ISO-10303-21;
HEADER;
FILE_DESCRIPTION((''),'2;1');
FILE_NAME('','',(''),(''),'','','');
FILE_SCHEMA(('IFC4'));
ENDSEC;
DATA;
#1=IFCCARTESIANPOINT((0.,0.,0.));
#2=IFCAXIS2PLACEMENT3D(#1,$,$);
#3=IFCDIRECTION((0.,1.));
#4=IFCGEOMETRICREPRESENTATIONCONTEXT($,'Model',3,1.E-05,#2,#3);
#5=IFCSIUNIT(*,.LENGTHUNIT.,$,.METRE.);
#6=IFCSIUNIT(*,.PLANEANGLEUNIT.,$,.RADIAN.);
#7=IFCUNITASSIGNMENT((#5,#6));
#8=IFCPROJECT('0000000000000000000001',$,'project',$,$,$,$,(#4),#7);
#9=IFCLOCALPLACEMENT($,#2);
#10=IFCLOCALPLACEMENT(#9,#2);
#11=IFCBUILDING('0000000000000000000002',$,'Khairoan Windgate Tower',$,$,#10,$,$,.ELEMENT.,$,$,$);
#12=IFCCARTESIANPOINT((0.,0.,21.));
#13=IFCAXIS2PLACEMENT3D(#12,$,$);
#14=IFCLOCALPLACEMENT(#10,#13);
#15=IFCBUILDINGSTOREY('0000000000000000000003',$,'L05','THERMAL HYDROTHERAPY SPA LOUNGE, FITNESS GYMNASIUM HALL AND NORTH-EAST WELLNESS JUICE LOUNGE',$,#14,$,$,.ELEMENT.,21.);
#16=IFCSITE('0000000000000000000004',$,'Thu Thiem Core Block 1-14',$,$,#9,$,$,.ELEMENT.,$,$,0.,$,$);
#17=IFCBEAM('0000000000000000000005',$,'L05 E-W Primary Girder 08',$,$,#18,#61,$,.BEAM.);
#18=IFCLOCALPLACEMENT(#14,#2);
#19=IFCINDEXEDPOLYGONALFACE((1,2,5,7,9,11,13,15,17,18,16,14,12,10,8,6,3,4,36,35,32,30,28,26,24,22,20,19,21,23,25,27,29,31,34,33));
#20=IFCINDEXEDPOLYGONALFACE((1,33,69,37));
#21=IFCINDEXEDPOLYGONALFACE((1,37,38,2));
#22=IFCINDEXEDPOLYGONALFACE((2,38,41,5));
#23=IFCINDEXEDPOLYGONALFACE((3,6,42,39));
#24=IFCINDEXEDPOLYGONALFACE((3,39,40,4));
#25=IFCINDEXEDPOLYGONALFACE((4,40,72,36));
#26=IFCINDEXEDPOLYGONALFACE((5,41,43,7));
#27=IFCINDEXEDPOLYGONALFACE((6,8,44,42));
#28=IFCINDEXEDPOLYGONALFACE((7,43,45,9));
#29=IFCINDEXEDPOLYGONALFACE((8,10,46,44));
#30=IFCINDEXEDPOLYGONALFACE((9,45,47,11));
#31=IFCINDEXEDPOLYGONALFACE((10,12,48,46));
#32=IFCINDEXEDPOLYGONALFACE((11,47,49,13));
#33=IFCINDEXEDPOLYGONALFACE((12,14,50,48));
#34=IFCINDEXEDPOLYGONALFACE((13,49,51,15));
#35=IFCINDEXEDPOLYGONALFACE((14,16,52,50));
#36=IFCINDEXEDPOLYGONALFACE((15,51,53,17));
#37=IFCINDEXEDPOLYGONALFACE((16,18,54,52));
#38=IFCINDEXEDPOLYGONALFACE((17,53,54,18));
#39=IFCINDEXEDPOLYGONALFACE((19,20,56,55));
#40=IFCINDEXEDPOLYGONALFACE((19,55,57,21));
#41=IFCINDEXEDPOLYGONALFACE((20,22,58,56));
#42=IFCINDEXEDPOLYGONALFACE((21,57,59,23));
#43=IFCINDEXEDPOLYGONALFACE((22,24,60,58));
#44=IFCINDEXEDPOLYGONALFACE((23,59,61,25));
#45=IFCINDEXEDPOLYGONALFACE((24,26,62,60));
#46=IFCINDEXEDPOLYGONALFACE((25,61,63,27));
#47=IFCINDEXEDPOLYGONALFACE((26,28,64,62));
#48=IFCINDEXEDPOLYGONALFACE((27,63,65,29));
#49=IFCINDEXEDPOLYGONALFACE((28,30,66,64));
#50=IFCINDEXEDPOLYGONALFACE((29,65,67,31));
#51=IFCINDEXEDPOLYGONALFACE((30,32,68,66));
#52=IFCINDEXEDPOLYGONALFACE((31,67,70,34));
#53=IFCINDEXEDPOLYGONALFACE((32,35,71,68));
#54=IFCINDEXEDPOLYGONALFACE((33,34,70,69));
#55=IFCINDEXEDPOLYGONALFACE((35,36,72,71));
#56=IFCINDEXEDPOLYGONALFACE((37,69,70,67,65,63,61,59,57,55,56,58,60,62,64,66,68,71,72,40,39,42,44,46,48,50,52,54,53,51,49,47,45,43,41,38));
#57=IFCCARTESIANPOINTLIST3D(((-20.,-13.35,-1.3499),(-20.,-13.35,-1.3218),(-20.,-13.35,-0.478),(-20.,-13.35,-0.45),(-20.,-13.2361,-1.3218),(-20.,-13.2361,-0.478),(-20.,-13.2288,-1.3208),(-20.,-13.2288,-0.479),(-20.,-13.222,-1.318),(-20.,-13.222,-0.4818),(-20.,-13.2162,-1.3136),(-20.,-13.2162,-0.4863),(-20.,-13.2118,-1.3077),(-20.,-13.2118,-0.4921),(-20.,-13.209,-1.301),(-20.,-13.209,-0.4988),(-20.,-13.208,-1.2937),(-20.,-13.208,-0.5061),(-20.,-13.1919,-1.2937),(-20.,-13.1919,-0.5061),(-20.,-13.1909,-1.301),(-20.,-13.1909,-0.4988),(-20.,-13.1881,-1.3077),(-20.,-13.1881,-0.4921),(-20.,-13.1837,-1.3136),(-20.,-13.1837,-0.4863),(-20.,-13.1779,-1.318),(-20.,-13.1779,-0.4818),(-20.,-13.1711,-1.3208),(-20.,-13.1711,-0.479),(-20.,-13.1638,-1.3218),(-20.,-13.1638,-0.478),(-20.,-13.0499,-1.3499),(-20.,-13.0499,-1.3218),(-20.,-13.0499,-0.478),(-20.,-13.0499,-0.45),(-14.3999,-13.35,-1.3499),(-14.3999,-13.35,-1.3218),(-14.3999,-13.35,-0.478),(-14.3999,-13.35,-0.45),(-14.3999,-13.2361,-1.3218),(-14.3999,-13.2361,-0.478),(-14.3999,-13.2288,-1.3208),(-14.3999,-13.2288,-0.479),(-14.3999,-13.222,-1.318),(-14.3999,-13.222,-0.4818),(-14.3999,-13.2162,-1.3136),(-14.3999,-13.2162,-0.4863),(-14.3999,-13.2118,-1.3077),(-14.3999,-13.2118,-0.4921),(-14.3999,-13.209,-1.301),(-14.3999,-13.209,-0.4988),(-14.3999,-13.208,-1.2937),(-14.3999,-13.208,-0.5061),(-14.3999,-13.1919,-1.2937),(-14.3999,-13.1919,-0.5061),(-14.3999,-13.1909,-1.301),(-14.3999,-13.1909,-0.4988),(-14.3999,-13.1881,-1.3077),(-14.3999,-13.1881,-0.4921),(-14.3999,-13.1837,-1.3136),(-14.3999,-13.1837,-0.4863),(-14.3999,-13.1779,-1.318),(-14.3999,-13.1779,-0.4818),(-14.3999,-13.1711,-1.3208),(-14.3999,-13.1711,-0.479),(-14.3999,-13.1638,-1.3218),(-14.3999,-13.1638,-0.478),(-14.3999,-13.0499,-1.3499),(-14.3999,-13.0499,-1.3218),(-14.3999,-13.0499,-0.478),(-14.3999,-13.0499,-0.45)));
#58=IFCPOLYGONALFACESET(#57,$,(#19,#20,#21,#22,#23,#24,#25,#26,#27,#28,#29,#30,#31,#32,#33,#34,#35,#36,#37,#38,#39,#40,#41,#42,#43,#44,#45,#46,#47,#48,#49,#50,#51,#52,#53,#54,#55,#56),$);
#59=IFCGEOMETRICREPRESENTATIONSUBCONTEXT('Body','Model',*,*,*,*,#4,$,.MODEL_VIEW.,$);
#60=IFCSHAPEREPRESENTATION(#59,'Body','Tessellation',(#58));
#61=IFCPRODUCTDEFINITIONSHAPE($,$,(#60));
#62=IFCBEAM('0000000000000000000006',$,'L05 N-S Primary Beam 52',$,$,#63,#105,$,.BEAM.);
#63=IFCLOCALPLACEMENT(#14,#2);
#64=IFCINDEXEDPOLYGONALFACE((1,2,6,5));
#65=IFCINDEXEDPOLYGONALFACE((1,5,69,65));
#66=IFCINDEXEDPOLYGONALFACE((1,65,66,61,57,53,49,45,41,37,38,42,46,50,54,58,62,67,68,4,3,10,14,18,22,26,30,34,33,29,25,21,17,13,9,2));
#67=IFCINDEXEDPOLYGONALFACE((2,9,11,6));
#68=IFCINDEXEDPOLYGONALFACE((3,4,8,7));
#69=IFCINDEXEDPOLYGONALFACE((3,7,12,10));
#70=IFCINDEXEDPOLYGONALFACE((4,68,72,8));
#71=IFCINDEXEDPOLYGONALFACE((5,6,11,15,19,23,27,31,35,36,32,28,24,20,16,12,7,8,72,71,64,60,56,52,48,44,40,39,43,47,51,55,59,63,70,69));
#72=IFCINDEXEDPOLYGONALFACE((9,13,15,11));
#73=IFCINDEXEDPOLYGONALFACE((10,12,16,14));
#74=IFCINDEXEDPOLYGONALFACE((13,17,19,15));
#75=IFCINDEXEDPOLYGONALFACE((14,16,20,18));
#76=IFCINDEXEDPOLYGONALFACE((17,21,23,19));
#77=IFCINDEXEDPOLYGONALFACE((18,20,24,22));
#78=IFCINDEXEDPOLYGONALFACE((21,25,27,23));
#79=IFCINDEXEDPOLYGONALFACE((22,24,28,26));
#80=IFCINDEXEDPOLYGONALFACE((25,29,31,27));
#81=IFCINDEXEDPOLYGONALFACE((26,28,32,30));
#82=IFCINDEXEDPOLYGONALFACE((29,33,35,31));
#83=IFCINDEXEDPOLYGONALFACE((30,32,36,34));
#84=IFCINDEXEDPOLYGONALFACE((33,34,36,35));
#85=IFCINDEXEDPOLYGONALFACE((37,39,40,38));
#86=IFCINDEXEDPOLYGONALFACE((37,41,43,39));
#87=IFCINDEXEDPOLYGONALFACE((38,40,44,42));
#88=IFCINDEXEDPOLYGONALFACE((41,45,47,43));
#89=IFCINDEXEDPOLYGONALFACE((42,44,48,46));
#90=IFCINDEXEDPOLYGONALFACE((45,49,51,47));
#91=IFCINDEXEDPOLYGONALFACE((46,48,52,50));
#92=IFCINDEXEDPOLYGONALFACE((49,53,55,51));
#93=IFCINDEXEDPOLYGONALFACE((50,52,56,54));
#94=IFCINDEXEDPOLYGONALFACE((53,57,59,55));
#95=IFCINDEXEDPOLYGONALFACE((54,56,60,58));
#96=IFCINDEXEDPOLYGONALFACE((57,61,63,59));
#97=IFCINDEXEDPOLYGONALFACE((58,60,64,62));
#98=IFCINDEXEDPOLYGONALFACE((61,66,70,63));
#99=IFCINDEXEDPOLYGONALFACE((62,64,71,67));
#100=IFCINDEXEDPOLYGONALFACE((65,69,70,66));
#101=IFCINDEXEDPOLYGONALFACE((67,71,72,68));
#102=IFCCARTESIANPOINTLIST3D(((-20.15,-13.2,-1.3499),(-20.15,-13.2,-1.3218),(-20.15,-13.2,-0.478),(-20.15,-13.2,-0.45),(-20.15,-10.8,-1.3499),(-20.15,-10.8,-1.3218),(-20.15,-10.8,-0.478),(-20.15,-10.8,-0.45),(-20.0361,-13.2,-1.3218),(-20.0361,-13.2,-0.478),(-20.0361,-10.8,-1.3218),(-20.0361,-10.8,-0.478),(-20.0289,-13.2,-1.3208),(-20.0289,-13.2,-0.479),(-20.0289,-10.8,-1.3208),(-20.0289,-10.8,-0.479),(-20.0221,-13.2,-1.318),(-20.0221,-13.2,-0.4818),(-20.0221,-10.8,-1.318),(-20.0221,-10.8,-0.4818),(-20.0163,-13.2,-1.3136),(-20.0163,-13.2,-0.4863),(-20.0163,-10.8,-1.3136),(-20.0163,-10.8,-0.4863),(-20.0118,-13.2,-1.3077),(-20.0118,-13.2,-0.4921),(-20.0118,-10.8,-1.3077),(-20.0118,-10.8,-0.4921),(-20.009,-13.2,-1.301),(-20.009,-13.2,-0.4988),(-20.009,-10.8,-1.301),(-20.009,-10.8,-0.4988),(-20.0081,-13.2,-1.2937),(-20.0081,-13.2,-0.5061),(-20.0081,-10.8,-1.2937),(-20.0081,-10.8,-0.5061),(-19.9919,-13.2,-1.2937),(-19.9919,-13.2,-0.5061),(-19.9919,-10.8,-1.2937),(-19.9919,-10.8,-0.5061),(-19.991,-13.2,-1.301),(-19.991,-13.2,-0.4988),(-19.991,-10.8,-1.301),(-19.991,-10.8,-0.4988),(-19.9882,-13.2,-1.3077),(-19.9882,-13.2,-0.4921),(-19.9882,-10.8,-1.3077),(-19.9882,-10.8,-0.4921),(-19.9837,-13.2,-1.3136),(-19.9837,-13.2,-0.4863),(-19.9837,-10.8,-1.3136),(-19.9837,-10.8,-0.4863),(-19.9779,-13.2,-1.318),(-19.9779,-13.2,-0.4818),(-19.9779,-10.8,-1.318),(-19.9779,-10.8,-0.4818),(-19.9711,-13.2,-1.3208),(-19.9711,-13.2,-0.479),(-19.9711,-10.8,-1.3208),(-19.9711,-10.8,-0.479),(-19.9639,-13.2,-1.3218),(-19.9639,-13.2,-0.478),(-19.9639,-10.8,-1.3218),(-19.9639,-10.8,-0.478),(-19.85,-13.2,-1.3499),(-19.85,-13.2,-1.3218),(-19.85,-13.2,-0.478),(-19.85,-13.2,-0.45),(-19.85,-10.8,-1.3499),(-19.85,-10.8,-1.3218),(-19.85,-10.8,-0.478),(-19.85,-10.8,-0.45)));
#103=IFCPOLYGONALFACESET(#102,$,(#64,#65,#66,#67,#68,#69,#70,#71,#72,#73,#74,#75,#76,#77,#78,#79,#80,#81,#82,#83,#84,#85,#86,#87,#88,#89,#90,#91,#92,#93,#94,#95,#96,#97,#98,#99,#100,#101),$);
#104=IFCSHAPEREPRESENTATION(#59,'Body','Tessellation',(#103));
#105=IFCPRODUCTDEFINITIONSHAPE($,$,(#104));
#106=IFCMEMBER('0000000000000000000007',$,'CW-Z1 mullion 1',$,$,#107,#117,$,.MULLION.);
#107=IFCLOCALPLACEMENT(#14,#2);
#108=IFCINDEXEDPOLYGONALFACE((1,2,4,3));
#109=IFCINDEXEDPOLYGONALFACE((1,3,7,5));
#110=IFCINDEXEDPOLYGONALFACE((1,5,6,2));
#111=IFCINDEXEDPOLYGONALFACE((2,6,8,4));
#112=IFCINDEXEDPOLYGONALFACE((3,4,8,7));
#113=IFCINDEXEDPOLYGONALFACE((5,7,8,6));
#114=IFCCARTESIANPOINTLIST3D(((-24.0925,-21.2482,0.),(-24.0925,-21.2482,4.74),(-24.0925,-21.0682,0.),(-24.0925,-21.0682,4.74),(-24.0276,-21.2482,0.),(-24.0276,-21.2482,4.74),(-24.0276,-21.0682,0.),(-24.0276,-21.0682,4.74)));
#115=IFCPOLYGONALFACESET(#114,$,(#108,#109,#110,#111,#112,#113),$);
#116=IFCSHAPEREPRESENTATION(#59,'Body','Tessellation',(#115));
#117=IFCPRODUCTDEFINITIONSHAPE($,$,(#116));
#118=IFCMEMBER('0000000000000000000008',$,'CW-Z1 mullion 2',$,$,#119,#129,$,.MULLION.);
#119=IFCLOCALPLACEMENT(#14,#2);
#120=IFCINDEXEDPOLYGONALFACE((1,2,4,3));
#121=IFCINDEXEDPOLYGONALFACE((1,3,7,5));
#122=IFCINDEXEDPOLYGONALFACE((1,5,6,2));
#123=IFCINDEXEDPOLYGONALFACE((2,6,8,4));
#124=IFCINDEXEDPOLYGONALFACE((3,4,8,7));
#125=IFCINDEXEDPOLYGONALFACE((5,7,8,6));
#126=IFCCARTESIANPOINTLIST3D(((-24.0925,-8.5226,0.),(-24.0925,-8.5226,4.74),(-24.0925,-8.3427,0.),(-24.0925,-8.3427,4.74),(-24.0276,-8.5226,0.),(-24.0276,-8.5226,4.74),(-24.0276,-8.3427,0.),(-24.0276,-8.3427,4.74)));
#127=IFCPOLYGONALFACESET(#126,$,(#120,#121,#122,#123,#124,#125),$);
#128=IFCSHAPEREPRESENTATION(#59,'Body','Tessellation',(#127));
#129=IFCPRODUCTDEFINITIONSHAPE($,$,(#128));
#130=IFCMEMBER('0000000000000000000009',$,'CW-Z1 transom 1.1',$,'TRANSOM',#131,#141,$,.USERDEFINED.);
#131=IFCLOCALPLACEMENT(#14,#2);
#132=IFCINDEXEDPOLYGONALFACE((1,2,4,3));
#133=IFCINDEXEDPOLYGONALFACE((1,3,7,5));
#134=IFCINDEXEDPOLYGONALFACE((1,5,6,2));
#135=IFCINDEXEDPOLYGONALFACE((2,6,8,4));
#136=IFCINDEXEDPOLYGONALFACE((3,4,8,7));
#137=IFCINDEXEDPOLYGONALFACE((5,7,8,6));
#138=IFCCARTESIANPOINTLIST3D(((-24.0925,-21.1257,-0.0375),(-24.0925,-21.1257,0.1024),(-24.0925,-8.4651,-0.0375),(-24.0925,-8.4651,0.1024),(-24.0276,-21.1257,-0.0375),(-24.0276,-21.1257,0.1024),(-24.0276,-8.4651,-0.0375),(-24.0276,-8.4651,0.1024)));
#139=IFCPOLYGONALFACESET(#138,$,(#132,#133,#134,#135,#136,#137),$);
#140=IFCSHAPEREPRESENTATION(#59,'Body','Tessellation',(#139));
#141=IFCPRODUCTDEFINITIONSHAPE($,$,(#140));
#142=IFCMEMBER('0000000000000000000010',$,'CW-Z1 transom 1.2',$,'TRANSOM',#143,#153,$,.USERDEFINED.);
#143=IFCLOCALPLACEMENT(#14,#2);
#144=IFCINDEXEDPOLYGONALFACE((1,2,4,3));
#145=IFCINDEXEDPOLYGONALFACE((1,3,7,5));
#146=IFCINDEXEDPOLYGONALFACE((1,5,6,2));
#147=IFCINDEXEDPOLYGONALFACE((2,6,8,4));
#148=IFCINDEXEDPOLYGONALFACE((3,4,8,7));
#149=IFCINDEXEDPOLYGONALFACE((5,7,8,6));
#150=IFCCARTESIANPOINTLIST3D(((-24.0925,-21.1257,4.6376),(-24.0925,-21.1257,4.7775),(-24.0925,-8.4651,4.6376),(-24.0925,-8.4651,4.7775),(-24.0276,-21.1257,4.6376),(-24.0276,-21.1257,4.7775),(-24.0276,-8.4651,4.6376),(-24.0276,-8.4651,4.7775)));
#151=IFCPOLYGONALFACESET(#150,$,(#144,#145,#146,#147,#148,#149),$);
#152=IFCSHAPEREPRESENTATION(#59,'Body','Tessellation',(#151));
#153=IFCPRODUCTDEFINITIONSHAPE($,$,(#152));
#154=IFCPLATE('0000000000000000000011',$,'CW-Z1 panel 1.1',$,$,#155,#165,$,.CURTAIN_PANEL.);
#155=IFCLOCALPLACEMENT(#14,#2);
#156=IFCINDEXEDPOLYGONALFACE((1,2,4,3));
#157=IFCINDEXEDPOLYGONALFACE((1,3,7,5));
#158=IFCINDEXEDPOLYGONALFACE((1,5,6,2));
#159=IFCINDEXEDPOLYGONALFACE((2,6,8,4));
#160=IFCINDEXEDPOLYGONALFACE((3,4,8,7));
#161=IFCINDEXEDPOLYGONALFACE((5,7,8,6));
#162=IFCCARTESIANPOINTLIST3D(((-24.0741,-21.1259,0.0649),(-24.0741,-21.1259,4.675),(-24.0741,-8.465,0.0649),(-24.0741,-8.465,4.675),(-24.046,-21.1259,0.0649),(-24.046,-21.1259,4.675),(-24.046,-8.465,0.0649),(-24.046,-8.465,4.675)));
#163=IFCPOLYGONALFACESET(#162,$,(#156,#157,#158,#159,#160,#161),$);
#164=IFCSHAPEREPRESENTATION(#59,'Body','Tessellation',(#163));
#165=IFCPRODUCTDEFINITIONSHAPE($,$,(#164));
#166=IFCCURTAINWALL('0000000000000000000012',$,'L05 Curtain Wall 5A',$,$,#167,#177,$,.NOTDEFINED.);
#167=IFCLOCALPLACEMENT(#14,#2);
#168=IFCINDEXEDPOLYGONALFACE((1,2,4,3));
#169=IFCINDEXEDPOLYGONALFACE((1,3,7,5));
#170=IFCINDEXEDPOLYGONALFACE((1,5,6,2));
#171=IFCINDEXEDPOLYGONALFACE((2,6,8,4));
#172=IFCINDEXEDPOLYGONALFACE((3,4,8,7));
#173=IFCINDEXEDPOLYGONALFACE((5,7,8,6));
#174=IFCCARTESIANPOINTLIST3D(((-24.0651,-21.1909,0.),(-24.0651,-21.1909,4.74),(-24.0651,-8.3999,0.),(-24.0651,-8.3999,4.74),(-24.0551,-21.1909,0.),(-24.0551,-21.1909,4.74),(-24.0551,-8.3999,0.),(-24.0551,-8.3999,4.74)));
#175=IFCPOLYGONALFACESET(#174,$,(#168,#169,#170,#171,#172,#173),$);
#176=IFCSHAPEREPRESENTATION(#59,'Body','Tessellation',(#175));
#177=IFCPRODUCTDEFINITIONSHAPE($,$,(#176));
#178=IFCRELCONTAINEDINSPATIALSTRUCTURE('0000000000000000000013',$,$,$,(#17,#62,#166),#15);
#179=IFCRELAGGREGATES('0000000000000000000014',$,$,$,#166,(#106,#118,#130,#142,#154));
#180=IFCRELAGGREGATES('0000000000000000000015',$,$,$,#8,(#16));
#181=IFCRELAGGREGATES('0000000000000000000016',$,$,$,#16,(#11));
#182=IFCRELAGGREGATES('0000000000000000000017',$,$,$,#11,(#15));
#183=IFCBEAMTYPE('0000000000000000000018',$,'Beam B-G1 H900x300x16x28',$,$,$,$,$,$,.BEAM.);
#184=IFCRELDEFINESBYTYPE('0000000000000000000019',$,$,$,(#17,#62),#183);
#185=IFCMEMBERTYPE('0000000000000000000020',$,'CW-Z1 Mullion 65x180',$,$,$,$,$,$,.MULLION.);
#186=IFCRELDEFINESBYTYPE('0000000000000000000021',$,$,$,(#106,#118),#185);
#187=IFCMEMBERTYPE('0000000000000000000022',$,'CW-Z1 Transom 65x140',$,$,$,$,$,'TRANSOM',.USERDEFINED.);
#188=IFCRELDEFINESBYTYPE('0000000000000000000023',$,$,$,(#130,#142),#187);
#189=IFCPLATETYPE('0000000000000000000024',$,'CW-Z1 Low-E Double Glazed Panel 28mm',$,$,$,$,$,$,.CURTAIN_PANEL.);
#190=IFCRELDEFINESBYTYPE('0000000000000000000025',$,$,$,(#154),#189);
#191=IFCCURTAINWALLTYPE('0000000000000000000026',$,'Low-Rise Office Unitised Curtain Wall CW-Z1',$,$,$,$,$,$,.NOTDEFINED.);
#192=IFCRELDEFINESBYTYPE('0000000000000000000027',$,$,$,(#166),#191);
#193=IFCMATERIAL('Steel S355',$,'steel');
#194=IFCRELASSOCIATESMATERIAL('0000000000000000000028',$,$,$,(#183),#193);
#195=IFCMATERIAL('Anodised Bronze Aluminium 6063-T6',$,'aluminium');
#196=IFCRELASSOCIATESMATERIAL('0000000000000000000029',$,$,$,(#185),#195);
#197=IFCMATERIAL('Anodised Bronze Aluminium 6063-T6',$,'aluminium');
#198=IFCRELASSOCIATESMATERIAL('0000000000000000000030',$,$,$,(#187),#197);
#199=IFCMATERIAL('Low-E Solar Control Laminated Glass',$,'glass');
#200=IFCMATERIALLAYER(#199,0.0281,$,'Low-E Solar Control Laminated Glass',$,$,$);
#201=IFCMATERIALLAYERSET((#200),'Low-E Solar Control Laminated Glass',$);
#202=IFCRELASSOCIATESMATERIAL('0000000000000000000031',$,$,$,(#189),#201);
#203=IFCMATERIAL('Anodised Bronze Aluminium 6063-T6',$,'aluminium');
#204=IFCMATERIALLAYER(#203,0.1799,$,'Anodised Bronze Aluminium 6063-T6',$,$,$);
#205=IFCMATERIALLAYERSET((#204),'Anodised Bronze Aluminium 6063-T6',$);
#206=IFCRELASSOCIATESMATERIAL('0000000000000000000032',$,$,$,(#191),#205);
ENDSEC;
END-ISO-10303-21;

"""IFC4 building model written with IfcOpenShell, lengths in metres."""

from ifc_helpers import new_model, si_unit, direction, frame, frame_2d, origin, origin_2d, place, context, subcontext, project, spatial, rectangle, i_section, extrude, material, layer, layer_set, material_profile, profile_set, type_object, element, aggregate, save


model = new_model("IFC4")

# Units and contexts
model_context = context("Model", 3, precision=1e-05, world=origin(), true_north=direction((0.0, 1.0)))
body_context = subcontext(model_context, "Body", "Model", "MODEL_VIEW")
ifc_project = project(units=[si_unit("LENGTHUNIT", "METRE"), si_unit("PLANEANGLEUNIT", "RADIAN")], contexts=[model_context])

# Site, building, storey
site_placement = place(None, origin())
site = spatial("IfcSite", under=ifc_project, at=site_placement, Name="Thu Thiem Core Block 1-14", CompositionType="ELEMENT", RefElevation=0.0)
building_placement = place(site_placement, origin())
building = spatial("IfcBuilding", under=site, at=building_placement, Name="Khairoan Windgate Tower", CompositionType="ELEMENT")
storey_placement = place(building_placement, frame((0.0, 0.0, 21.0)))
storey = spatial("IfcBuildingStorey", under=building, at=storey_placement, Name="L05", Description="THERMAL HYDROTHERAPY SPA LOUNGE, FITNESS GYMNASIUM HALL AND NORTH-EAST WELLNESS JUICE LOUNGE", CompositionType="ELEMENT", Elevation=21.0)

# Beams
ifc_material_1 = material(Name="Steel S355", Category="steel")
ifc_material_profile_1 = material_profile(ifc_material_1, i_section(OverallWidth=0.3, OverallDepth=0.8999, WebThickness=0.0161, FlangeThickness=0.0281, FilletRadius=0.0281, at=origin_2d()))
ifc_profile_set_1 = profile_set([ifc_material_profile_1], Name="Steel S355")
beam_type = type_object("IfcBeamType", Name="Beam B-G1 H900x300x16x28", PredefinedType="BEAM", material=ifc_profile_set_1)
beam_1_placement = place(storey_placement, frame((-20.0, -13.2, -0.8999), z_axis=(1.0, 0.0, 0.0), x_axis=(0.0, 1.0, 0.0)))
element("IfcBeam", 1, at=beam_1_placement, inside=storey, type_object=beam_type, Name="L05 E-W Primary Girder 08", PredefinedType="BEAM", context=body_context, shape_type="SweptSolid", body=[
    extrude(i_section(OverallWidth=0.3, OverallDepth=0.8999, WebThickness=0.0161, FlangeThickness=0.0281, FilletRadius=0.0281, at=origin_2d()), origin(), (0.0, 0.0, 1.0), 5.6001),
])
beam_2_placement = place(storey_placement, frame((-20.0, -13.2, -0.8999), z_axis=(0.0, 1.0, 0.0), x_axis=(-1.0, 0.0, 0.0)))
element("IfcBeam", 2, at=beam_2_placement, inside=storey, type_object=beam_type, Name="L05 N-S Primary Beam 52", PredefinedType="BEAM", context=body_context, shape_type="SweptSolid", body=[
    extrude(i_section(OverallWidth=0.3, OverallDepth=0.8999, WebThickness=0.0161, FlangeThickness=0.0281, FilletRadius=0.0281, at=origin_2d()), origin(), (0.0, 0.0, 1.0), 2.3999),
])

# Members
ifc_material_2 = material(Name="Anodised Bronze Aluminium 6063-T6", Category="aluminium")
ifc_material_profile_2 = material_profile(ifc_material_2, rectangle(XDim=0.0649, YDim=0.1799, at=origin_2d()))
ifc_profile_set_2 = profile_set([ifc_material_profile_2], Name="Anodised Bronze Aluminium 6063-T6")
member_type_1 = type_object("IfcMemberType", Name="CW-Z1 Mullion 65x180", PredefinedType="MULLION", material=ifc_profile_set_2)
member_1_placement = place(storey_placement, frame((-24.0601, -21.1582, 0.0), z_axis=(0.0, 0.0, 1.0), x_axis=(-1.0, 0.0, 0.0)))
member_1 = element("IfcMember", 3, at=member_1_placement, type_object=member_type_1, Name="CW-Z1 mullion 1", PredefinedType="MULLION", context=body_context, shape_type="SweptSolid", body=[
    extrude(rectangle(XDim=0.0649, YDim=0.1799, at=origin_2d()), origin(), (0.0, 0.0, 1.0), 4.74),
])
member_2_placement = place(storey_placement, frame((-24.0601, -8.4326, 0.0), z_axis=(0.0, 0.0, 1.0), x_axis=(-1.0, 0.0, 0.0)))
member_2 = element("IfcMember", 4, at=member_2_placement, type_object=member_type_1, Name="CW-Z1 mullion 2", PredefinedType="MULLION", context=body_context, shape_type="SweptSolid", body=[
    extrude(rectangle(XDim=0.0649, YDim=0.1799, at=origin_2d()), origin(), (0.0, 0.0, 1.0), 4.74),
])
ifc_material_3 = material(Name="Anodised Bronze Aluminium 6063-T6", Category="aluminium")
ifc_material_profile_3 = material_profile(ifc_material_3, rectangle(XDim=0.0649, YDim=0.1399, at=origin_2d()))
ifc_profile_set_3 = profile_set([ifc_material_profile_3], Name="Anodised Bronze Aluminium 6063-T6")
member_type_2 = type_object("IfcMemberType", Name="CW-Z1 Transom 65x140", ElementType="TRANSOM", PredefinedType="USERDEFINED", material=ifc_profile_set_3)
member_3_placement = place(storey_placement, frame((-24.0601, -21.1257, 0.0325), z_axis=(0.0, 1.0, 0.0), x_axis=(-1.0, 0.0, 0.0)))
member_3 = element("IfcMember", 5, at=member_3_placement, type_object=member_type_2, Name="CW-Z1 transom 1.1", ObjectType="TRANSOM", PredefinedType="USERDEFINED", context=body_context, shape_type="SweptSolid", body=[
    extrude(rectangle(XDim=0.0649, YDim=0.1399, at=origin_2d()), origin(), (0.0, 0.0, 1.0), 12.6606),
])
member_4_placement = place(storey_placement, frame((-24.0601, -21.1257, 4.7075), z_axis=(0.0, 1.0, 0.0), x_axis=(-1.0, 0.0, 0.0)))
member_4 = element("IfcMember", 6, at=member_4_placement, type_object=member_type_2, Name="CW-Z1 transom 1.2", ObjectType="TRANSOM", PredefinedType="USERDEFINED", context=body_context, shape_type="SweptSolid", body=[
    extrude(rectangle(XDim=0.0649, YDim=0.1399, at=origin_2d()), origin(), (0.0, 0.0, 1.0), 12.6606),
])

# Plate
ifc_material_4 = material(Name="Low-E Solar Control Laminated Glass", Category="glass")
ifc_layer_1 = layer(ifc_material_4, 0.0281, Name="Low-E Solar Control Laminated Glass")
ifc_layer_set_1 = layer_set([ifc_layer_1], Name="Low-E Solar Control Laminated Glass")
plate_type_1 = type_object("IfcPlateType", Name="CW-Z1 Low-E Double Glazed Panel 28mm", PredefinedType="CURTAIN_PANEL", material=ifc_layer_set_1)
plate_1_placement = place(storey_placement, frame((-24.0601, -14.7954, 0.0649), z_axis=(0.0, 0.0, 1.0), x_axis=(0.0, 1.0, 0.0)))
plate_1 = element("IfcPlate", 7, at=plate_1_placement, type_object=plate_type_1, Name="CW-Z1 panel 1.1", PredefinedType="CURTAIN_PANEL", context=body_context, shape_type="SweptSolid", body=[
    extrude(rectangle(XDim=12.6609, YDim=0.0281, at=origin_2d()), origin(), (0.0, 0.0, 1.0), 4.6101),
])

# Curtain wall
ifc_material_5 = material(Name="Anodised Bronze Aluminium 6063-T6", Category="aluminium")
ifc_layer_2 = layer(ifc_material_5, 0.1799, Name="Anodised Bronze Aluminium 6063-T6")
ifc_layer_set_2 = layer_set([ifc_layer_2], Name="Anodised Bronze Aluminium 6063-T6")
curtain_wall_type = type_object("IfcCurtainWallType", Name="Low-Rise Office Unitised Curtain Wall CW-Z1", PredefinedType="NOTDEFINED", material=ifc_layer_set_2)
curtain_wall_placement = place(storey_placement, frame((-24.0601, -21.1909, 0.0), z_axis=(0.0, 0.0, 1.0), x_axis=(0.0, 1.0, 0.0)))
curtain_wall = element("IfcCurtainWall", 8, at=curtain_wall_placement, inside=storey, type_object=curtain_wall_type, Name="L05 Curtain Wall 5A", PredefinedType="NOTDEFINED", context=body_context, shape_type="SweptSolid", body=[
    extrude(rectangle(XDim=12.791, YDim=0.01, at=frame_2d((6.3955, 0.0))), origin(), (0.0, 0.0, 1.0), 4.74),
])
aggregate(curtain_wall, [member_1, member_2, member_3, member_4, plate_1])

save(model, "model.ifc")
